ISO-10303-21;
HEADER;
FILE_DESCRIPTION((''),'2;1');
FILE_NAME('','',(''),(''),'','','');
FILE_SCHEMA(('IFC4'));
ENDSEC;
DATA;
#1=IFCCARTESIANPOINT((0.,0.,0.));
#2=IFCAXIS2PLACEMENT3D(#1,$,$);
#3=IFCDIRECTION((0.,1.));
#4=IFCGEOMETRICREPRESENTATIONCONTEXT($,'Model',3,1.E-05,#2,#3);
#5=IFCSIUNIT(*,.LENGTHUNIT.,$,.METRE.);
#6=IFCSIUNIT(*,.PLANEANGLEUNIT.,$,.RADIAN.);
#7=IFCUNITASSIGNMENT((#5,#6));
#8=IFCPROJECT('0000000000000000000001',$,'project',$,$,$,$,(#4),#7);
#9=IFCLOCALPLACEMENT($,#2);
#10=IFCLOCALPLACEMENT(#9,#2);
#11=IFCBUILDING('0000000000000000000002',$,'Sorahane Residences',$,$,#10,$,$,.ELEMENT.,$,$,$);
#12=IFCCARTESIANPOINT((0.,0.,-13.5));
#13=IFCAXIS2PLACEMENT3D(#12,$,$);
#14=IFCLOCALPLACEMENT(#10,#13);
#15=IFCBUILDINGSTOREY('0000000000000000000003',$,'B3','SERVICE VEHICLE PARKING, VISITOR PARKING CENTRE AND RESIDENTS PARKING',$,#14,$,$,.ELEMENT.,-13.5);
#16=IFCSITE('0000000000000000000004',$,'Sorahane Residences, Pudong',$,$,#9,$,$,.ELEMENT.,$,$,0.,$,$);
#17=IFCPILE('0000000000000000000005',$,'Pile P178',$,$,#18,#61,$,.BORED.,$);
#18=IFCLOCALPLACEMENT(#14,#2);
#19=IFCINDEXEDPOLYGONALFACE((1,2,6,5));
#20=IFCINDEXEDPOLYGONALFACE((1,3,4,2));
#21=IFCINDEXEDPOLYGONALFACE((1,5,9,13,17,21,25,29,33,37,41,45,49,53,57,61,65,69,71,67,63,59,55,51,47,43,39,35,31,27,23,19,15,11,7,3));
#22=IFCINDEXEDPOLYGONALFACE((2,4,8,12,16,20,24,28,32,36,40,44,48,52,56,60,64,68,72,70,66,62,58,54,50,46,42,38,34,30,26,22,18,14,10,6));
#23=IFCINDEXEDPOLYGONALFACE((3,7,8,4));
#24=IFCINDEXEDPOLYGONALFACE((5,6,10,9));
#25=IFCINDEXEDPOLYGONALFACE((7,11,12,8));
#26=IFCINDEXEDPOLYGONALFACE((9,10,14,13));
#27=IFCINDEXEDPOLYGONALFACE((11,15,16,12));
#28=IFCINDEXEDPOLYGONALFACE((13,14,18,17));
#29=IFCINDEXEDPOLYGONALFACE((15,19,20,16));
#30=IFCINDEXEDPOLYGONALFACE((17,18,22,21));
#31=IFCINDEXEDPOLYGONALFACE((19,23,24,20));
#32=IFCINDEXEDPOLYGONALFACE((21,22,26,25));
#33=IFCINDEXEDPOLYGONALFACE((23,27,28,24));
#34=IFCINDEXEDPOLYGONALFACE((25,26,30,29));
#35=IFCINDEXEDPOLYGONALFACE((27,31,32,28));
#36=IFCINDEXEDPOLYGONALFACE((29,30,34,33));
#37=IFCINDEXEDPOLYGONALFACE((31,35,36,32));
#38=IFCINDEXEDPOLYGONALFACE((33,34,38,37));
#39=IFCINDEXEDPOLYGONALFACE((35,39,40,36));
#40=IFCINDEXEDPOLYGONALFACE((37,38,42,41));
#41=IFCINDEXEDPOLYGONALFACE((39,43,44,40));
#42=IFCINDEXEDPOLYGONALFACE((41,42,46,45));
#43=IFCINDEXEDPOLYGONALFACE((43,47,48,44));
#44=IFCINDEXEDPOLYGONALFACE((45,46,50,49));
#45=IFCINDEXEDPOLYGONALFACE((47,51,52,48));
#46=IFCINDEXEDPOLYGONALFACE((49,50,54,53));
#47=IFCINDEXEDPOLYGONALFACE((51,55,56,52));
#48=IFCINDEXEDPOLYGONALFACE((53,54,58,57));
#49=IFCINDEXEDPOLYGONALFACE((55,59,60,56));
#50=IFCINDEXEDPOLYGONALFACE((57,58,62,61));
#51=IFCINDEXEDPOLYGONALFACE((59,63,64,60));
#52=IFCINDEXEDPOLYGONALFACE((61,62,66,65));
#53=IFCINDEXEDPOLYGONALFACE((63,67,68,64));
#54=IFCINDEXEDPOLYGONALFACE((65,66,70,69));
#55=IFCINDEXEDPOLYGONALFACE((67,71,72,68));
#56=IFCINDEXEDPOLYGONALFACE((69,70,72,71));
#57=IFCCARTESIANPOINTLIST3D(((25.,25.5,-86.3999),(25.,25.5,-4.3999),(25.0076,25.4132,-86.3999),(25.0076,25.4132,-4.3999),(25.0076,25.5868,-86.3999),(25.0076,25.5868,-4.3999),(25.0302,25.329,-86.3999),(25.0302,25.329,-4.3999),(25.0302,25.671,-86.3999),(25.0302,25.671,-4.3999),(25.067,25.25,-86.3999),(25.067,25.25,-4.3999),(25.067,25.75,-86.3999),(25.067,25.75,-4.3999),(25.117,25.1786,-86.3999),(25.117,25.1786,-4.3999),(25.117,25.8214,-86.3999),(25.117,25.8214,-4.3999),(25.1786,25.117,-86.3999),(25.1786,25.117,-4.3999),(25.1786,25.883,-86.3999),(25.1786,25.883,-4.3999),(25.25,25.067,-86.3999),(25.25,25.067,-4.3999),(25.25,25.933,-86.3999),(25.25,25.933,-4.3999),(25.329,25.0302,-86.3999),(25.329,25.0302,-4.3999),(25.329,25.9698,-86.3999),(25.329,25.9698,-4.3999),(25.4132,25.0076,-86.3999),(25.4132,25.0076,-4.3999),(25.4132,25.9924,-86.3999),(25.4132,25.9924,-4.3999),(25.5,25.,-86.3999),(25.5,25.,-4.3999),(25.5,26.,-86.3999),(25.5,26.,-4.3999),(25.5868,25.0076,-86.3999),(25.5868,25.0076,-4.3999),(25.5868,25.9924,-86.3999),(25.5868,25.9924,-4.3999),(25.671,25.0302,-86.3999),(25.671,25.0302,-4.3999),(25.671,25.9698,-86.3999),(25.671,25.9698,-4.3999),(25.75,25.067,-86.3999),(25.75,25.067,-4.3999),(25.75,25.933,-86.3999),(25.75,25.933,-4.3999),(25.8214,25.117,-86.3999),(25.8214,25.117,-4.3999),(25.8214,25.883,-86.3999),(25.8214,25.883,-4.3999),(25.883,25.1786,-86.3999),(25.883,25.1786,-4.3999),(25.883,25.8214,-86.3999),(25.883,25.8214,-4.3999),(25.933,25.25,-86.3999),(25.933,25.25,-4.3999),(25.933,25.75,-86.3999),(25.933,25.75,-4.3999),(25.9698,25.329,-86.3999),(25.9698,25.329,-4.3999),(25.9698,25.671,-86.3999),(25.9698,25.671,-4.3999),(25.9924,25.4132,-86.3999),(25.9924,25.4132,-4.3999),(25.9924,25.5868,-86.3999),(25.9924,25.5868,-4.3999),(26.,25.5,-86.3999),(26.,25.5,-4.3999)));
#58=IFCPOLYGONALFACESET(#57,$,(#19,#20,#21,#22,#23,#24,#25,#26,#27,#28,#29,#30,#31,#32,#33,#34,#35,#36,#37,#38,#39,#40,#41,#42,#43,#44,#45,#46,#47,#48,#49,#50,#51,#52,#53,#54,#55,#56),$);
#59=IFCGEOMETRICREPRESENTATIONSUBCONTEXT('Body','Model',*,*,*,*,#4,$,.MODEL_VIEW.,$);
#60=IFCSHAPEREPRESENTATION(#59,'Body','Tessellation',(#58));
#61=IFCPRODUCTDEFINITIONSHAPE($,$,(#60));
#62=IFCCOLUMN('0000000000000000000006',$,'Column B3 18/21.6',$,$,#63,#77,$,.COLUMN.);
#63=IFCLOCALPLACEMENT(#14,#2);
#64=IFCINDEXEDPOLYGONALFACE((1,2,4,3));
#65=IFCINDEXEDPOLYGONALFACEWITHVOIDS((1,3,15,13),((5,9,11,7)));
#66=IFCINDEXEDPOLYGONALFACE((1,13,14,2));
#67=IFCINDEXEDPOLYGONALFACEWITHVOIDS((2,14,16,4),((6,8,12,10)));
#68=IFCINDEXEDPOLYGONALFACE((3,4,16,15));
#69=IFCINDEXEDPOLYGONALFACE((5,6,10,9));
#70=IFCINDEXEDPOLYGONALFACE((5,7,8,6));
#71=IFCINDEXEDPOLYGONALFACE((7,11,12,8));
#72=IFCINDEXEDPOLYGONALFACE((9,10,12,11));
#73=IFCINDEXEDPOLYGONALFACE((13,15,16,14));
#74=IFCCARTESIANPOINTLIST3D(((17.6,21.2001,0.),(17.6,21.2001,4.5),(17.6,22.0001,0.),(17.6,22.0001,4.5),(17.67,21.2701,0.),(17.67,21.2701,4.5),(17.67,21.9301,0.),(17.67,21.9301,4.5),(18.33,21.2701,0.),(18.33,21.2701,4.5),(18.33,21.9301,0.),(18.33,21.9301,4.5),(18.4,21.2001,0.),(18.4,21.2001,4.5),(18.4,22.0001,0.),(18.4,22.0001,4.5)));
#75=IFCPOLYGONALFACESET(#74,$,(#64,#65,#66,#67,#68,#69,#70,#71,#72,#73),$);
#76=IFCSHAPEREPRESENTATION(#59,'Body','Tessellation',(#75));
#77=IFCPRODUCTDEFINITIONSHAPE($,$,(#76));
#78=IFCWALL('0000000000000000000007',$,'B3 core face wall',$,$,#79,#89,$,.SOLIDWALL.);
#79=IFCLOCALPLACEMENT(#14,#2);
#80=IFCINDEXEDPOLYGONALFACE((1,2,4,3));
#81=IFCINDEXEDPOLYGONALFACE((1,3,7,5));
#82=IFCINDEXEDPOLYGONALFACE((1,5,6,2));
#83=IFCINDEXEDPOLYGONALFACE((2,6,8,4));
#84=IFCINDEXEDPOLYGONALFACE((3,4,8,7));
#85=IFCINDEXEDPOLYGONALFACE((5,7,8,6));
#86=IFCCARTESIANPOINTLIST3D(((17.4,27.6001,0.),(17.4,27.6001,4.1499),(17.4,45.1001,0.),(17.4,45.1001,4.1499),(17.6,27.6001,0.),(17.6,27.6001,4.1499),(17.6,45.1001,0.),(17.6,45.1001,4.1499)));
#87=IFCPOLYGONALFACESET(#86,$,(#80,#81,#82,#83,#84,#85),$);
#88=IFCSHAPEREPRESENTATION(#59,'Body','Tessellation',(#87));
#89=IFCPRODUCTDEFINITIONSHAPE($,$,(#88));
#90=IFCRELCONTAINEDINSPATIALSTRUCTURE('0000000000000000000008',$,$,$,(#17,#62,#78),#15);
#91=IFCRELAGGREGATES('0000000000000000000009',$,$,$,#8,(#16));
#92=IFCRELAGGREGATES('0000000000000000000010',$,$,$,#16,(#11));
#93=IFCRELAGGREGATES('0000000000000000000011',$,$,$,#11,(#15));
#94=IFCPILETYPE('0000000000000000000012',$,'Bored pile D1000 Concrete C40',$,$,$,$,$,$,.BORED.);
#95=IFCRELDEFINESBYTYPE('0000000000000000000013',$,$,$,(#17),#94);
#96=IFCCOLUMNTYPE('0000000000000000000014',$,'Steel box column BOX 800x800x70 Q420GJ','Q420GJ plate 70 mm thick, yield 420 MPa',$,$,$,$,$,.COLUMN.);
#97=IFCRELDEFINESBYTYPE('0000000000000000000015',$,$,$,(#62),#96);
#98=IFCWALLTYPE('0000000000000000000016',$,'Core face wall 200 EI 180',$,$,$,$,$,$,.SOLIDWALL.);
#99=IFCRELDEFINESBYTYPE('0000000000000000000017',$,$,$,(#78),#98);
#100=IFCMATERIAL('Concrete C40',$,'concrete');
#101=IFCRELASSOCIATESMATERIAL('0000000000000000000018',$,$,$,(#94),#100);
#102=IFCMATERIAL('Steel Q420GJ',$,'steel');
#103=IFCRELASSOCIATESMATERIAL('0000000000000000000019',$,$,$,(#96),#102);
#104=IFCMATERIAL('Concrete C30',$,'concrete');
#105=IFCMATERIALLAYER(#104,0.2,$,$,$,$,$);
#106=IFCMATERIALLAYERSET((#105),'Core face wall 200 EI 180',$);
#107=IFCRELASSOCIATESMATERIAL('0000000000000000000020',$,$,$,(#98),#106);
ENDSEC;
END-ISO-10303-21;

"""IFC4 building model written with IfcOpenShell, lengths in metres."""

from ifc_helpers import new_model, si_unit, direction, frame, frame_2d, origin, origin_2d, place, context, subcontext, project, spatial, rectangle, hollow_rectangle, circle, extrude, material, layer, layer_set, material_profile, profile_set, type_object, element, save


model = new_model("IFC4")

# Units and contexts
model_context = context("Model", 3, precision=1e-05, world=origin(), true_north=direction((0.0, 1.0)))
body_context = subcontext(model_context, "Body", "Model", "MODEL_VIEW")
ifc_project = project(units=[si_unit("LENGTHUNIT", "METRE"), si_unit("PLANEANGLEUNIT", "RADIAN")], contexts=[model_context])

# Site, building, storey
site_placement = place(None, origin())
site = spatial("IfcSite", under=ifc_project, at=site_placement, Name="Sorahane Residences, Pudong", CompositionType="ELEMENT", RefElevation=0.0)
building_placement = place(site_placement, origin())
building = spatial("IfcBuilding", under=site, at=building_placement, Name="Sorahane Residences", CompositionType="ELEMENT")
storey_placement = place(building_placement, frame((0.0, 0.0, -13.5)))
storey = spatial("IfcBuildingStorey", under=building, at=storey_placement, Name="B3", Description="SERVICE VEHICLE PARKING, VISITOR PARKING CENTRE AND RESIDENTS PARKING", CompositionType="ELEMENT", Elevation=-13.5)

# Pile
ifc_material_1 = material(Name="Concrete C40", Category="concrete")
ifc_material_profile_1 = material_profile(ifc_material_1, circle(Radius=0.5, at=origin_2d()), Name="D1000")
ifc_profile_set_1 = profile_set([ifc_material_profile_1], Name="Concrete C40")
pile_type = type_object("IfcPileType", Name="Bored pile D1000 Concrete C40", PredefinedType="BORED", material=ifc_profile_set_1)
for number, where, z_axis, x_axis, name in (
    (1, (25.5, 25.5, -4.3999), (0.0, 0.0, -1.0), (1.0, 0.0, 0.0), "Pile P178"),
):
    element("IfcPile", number, at=place(storey_placement, frame(where, z_axis=z_axis, x_axis=x_axis)), inside=storey, type_object=pile_type, Name=name, PredefinedType="BORED", context=body_context, shape_type="SweptSolid", body=[
        extrude(circle(Radius=0.5, at=origin_2d()), origin(), (0.0, 0.0, 1.0), 82.0),
    ])

# Column
ifc_material_2 = material(Name="Steel Q420GJ", Category="steel")
ifc_material_profile_2 = material_profile(ifc_material_2, hollow_rectangle(XDim=0.8, YDim=0.8, WallThickness=0.0701, at=origin_2d()), Name="BOX 800x800x70")
ifc_profile_set_2 = profile_set([ifc_material_profile_2], Name="Steel Q420GJ")
column_type = type_object("IfcColumnType", Name="Steel box column BOX 800x800x70 Q420GJ", Description="Q420GJ plate 70 mm thick, yield 420 MPa", PredefinedType="COLUMN", material=ifc_profile_set_2)
column_placement = place(storey_placement, frame((18.0, 21.6001, 0.0), z_axis=(0.0, 0.0, 1.0), x_axis=(1.0, 0.0, 0.0)))
element("IfcColumn", 2, at=column_placement, inside=storey, type_object=column_type, Name="Column B3 18/21.6", PredefinedType="COLUMN", context=body_context, shape_type="SweptSolid", body=[
    extrude(hollow_rectangle(XDim=0.8, YDim=0.8, WallThickness=0.0701, at=origin_2d()), origin(), (0.0, 0.0, 1.0), 4.5),
])

# Wall
ifc_material_3 = material(Name="Concrete C30", Category="concrete")
ifc_layer = layer(ifc_material_3, 0.2)
ifc_layer_set = layer_set([ifc_layer], Name="Core face wall 200 EI 180")
wall_type = type_object("IfcWallType", Name="Core face wall 200 EI 180", PredefinedType="SOLIDWALL", material=ifc_layer_set)
wall_placement = place(storey_placement, frame((17.5, 27.6001, 0.0), z_axis=(0.0, 0.0, 1.0), x_axis=(0.0, 1.0, 0.0)))
element("IfcWall", 3, at=wall_placement, inside=storey, type_object=wall_type, Name="B3 core face wall", PredefinedType="SOLIDWALL", context=body_context, shape_type="SweptSolid", body=[
    extrude(rectangle(XDim=17.5, YDim=0.2, at=frame_2d((8.75, 0.0))), origin(), (0.0, 0.0, 1.0), 4.1499),
])

save(model, "model.ifc")
